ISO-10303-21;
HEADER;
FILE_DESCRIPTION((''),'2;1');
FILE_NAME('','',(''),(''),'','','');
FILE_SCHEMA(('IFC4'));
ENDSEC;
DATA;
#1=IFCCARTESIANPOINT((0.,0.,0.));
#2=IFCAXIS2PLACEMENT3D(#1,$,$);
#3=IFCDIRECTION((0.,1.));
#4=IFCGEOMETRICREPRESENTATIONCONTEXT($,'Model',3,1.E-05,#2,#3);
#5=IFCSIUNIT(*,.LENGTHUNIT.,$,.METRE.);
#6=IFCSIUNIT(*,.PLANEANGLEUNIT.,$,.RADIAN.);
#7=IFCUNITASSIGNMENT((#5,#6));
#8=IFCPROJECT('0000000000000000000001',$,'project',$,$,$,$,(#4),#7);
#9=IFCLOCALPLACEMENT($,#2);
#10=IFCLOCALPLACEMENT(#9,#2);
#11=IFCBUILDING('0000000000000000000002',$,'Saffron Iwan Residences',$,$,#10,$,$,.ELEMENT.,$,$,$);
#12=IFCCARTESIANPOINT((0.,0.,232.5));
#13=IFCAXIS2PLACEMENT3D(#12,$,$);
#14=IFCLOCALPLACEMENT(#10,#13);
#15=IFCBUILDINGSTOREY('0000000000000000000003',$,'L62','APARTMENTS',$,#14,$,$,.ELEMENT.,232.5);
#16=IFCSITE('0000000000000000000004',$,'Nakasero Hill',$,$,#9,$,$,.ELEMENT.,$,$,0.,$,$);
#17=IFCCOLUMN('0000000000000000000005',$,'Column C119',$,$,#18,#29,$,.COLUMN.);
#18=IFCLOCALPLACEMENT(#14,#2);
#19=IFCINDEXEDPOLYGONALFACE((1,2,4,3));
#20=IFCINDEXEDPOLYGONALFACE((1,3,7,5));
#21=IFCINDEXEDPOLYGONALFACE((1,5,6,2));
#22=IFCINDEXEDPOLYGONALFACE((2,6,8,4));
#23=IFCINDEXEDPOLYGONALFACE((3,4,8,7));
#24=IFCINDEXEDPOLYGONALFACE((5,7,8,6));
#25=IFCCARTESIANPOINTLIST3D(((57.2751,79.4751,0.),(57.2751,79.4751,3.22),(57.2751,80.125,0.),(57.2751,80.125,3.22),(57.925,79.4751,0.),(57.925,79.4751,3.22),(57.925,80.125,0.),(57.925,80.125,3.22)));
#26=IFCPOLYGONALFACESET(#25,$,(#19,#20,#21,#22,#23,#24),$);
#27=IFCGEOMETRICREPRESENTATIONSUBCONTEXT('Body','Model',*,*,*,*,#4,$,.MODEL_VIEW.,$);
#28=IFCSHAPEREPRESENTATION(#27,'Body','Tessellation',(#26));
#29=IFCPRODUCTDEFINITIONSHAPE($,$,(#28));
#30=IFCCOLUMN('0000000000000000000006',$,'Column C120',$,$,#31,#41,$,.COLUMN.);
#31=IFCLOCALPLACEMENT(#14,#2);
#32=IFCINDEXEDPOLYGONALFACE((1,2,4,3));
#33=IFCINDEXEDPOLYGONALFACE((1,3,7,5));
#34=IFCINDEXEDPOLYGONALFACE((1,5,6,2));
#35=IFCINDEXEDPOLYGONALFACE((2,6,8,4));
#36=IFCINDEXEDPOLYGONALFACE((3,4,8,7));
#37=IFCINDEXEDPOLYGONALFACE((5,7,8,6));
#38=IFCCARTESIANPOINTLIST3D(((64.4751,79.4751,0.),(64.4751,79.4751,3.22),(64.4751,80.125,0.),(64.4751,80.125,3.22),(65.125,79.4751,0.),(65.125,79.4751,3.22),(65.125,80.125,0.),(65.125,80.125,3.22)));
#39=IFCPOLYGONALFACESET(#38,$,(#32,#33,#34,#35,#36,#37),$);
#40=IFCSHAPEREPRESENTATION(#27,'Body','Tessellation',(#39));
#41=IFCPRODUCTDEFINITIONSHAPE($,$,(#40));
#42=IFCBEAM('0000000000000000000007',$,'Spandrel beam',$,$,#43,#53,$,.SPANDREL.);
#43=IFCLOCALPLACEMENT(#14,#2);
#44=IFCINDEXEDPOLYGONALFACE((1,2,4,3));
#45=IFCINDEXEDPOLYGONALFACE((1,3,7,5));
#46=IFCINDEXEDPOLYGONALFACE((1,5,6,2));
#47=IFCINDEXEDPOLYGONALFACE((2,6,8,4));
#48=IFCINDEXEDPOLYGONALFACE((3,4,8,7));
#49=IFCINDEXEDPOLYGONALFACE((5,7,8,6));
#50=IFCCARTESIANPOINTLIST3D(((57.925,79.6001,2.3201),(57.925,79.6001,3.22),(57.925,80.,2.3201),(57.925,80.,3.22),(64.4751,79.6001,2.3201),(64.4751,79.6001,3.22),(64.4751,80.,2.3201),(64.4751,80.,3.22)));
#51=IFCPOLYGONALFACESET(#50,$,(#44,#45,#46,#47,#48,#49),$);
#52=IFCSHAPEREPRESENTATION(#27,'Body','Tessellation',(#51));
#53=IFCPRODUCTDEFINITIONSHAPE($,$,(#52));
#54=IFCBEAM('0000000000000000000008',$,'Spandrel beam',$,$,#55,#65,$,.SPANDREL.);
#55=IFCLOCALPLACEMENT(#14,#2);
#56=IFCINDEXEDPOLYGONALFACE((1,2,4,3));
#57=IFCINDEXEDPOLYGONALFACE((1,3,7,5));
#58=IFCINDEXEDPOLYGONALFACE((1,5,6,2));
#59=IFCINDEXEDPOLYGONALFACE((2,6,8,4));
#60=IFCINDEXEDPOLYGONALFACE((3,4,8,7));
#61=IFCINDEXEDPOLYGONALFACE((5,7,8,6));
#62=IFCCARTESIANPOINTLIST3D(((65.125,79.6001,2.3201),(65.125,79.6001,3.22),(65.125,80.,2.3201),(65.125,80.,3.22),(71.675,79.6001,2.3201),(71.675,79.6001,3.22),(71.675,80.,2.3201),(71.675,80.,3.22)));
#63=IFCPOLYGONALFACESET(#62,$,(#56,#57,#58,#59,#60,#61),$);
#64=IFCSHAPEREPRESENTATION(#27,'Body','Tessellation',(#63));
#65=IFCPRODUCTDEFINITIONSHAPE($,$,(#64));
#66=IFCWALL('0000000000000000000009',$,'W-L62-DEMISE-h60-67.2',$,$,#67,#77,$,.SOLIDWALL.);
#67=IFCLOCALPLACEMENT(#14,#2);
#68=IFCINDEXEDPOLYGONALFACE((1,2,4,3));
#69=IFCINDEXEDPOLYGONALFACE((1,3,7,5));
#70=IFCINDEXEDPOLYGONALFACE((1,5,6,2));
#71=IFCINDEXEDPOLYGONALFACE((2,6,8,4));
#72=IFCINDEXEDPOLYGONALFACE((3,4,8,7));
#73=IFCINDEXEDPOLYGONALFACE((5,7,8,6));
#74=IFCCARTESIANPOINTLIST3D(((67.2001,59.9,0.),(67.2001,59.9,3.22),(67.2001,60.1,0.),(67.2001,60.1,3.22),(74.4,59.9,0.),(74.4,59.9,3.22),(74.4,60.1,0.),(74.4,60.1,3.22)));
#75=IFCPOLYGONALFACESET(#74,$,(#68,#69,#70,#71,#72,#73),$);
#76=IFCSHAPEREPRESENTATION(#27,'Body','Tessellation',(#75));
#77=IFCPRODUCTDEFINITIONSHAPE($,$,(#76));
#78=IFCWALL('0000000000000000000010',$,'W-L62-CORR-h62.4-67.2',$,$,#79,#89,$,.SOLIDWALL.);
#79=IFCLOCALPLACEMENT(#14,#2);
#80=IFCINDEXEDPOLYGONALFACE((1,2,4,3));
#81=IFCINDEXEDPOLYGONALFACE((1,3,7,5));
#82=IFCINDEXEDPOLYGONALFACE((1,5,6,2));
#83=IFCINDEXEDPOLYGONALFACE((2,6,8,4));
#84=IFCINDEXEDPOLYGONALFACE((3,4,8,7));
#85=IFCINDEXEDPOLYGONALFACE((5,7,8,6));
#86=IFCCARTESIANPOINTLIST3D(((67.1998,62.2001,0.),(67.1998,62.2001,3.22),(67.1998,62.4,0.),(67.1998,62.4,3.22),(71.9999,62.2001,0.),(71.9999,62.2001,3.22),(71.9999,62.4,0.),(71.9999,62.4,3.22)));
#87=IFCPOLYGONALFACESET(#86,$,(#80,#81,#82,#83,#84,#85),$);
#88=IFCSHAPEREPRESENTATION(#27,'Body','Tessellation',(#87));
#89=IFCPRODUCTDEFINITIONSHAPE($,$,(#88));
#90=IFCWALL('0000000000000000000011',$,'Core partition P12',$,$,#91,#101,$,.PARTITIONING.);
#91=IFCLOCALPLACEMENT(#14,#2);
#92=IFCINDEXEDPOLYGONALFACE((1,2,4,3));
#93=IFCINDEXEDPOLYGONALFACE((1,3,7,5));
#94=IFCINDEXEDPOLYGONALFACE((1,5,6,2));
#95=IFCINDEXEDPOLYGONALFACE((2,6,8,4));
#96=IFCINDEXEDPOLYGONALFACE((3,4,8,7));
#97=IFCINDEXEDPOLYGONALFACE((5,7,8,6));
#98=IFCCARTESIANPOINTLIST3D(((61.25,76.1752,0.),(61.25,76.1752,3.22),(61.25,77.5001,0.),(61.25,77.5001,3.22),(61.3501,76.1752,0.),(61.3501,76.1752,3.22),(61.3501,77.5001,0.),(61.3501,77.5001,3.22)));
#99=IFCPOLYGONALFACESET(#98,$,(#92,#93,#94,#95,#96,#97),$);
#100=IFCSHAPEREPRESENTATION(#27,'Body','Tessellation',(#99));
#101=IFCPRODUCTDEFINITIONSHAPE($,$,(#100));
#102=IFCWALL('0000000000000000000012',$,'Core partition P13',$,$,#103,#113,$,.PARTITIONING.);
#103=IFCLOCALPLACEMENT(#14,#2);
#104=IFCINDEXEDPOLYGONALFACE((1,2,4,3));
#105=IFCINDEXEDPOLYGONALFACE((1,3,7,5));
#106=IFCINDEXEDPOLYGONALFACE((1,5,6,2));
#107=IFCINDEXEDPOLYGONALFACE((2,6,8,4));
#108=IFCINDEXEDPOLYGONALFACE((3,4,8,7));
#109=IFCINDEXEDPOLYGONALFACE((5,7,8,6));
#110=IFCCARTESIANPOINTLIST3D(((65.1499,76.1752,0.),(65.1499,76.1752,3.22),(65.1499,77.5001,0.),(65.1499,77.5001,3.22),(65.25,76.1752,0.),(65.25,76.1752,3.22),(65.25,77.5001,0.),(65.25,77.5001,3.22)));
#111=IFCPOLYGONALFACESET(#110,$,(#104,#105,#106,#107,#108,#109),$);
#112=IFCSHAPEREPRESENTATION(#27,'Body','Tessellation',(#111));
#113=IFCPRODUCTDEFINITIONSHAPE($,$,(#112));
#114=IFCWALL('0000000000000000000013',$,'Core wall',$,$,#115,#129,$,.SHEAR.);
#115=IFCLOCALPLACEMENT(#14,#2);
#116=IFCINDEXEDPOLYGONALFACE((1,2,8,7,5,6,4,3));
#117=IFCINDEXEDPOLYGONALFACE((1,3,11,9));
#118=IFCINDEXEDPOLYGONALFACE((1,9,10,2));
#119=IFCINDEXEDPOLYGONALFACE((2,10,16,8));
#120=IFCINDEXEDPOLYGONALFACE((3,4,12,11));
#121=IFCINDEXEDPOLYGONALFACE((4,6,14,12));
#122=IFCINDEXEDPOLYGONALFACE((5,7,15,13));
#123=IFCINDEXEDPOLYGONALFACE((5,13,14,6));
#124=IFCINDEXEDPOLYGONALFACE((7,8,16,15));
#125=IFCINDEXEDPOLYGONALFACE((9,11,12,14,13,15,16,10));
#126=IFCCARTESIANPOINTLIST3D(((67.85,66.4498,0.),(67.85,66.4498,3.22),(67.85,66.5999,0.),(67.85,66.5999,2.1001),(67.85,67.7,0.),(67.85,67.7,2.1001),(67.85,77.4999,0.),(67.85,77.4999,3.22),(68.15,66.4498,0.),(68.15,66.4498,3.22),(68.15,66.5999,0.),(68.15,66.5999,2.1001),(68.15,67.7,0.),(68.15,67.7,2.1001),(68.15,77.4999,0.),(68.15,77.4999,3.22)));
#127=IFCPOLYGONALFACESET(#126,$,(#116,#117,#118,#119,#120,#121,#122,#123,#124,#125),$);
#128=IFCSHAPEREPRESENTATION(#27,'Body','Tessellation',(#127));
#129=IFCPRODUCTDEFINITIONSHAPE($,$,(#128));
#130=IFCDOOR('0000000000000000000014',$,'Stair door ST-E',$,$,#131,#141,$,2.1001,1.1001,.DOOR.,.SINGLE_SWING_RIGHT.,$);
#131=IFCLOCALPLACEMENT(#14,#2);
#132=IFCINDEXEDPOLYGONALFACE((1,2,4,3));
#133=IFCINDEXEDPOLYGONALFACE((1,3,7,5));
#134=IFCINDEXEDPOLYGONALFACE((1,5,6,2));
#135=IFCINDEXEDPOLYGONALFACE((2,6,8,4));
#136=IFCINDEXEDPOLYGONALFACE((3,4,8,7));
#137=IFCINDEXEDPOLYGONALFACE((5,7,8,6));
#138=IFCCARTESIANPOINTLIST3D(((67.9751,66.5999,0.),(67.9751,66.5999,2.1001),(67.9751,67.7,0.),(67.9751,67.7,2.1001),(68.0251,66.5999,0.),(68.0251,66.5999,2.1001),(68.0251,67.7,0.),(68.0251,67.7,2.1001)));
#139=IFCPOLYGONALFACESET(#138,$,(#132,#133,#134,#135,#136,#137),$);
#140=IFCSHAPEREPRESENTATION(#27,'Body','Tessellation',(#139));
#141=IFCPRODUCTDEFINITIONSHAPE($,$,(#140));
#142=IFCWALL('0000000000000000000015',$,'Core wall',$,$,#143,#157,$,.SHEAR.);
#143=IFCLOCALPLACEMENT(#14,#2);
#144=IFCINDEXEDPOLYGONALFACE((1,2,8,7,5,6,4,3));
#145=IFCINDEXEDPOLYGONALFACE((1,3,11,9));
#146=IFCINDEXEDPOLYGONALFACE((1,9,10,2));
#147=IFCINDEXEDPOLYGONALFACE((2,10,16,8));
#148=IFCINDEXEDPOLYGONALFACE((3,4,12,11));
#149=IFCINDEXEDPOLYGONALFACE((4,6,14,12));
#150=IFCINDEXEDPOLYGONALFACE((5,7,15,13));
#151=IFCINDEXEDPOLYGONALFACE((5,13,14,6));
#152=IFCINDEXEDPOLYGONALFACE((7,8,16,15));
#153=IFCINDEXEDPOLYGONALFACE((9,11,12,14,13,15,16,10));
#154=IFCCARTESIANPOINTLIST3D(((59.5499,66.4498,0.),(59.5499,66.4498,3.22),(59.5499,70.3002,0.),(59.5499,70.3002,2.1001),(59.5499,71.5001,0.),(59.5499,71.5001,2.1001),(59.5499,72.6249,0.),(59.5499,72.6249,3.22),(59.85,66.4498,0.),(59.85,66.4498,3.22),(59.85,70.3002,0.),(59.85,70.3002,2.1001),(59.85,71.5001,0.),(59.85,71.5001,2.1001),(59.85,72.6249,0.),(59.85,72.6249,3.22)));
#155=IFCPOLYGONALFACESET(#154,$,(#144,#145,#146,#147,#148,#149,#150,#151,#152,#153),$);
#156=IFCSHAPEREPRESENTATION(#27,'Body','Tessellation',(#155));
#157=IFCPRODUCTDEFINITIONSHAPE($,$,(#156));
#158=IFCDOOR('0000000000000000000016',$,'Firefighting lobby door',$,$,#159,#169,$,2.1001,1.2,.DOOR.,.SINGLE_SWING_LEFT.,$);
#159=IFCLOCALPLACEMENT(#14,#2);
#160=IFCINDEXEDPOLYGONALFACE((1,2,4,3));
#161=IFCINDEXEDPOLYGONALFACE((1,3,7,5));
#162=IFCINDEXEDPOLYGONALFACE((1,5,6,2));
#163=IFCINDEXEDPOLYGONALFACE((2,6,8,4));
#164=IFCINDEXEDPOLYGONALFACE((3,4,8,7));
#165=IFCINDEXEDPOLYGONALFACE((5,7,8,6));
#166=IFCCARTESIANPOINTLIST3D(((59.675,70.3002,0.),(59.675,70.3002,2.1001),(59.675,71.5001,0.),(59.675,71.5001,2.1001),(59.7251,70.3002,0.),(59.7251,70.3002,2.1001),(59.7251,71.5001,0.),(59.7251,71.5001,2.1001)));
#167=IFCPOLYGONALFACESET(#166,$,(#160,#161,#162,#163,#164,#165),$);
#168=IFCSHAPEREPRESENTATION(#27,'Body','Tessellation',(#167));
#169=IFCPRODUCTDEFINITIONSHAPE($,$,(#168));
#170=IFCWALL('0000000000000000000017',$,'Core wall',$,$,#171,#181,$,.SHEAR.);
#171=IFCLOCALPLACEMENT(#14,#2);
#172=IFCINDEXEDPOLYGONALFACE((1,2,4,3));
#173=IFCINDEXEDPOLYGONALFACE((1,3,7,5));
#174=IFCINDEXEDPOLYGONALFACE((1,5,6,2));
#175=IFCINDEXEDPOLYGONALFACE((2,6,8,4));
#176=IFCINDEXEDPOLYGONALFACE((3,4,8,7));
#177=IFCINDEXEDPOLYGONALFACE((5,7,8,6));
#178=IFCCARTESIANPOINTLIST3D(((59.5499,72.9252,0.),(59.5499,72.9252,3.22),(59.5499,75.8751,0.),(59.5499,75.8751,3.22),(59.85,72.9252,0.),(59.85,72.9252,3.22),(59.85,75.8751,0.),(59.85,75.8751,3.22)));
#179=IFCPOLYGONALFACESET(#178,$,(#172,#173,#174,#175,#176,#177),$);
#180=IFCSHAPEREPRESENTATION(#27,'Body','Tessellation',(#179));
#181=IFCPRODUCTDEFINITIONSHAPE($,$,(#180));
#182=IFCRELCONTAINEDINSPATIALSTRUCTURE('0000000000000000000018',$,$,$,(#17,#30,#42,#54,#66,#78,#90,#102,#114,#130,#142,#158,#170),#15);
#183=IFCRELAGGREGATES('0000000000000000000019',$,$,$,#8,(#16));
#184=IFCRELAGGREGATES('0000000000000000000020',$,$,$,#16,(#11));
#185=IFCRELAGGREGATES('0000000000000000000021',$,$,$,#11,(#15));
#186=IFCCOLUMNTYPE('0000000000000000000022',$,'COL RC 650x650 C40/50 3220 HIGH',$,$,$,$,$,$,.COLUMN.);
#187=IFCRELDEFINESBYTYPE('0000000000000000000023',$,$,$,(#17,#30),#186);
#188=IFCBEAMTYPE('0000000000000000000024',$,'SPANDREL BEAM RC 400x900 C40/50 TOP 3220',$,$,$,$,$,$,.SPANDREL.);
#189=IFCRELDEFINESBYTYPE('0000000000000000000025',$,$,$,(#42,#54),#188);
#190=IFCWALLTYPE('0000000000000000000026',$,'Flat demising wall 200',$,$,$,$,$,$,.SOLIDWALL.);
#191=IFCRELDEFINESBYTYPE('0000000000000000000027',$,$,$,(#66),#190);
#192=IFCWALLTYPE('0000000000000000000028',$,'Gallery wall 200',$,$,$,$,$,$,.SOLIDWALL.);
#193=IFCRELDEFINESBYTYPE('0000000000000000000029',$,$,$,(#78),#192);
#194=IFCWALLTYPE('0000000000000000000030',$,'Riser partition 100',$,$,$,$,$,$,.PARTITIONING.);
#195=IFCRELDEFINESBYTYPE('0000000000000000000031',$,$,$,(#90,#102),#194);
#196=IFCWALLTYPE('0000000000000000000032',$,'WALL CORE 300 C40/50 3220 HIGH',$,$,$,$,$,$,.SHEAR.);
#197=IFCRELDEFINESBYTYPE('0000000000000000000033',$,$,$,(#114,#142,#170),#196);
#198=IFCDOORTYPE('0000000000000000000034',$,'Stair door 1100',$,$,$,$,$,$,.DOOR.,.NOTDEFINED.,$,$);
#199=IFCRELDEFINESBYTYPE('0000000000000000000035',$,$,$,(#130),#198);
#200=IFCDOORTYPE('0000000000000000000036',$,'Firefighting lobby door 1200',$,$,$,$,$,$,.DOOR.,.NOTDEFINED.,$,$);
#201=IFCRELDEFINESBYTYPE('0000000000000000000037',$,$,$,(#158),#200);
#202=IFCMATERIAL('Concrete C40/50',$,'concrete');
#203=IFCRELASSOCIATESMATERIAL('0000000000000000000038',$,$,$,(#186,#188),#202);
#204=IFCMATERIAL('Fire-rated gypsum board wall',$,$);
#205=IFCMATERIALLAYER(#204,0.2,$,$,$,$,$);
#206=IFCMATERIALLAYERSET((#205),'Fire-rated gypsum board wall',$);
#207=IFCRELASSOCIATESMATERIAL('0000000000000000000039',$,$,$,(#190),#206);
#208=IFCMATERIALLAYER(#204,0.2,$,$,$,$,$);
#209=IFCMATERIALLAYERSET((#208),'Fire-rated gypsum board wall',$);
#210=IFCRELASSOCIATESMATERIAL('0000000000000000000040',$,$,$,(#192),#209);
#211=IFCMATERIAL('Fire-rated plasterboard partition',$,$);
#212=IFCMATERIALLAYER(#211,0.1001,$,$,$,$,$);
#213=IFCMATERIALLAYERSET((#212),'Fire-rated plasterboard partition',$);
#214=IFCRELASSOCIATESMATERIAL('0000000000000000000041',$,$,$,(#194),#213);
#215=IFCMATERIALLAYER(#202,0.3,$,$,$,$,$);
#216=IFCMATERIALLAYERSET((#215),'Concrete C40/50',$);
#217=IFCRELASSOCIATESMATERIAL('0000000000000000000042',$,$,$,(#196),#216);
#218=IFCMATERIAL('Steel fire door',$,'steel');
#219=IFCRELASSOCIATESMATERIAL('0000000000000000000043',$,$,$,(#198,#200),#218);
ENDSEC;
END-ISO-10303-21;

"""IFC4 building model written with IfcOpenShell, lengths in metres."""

from ifc_helpers import new_model, si_unit, direction, frame, frame_2d, origin, origin_2d, place, context, subcontext, project, spatial, rectangle, extrude, source, transform, mapped, material, layer, layer_set, material_profile, profile_set, type_object, element, fill, save


model = new_model("IFC4")

# Units and contexts
model_context = context("Model", 3, precision=1e-05, world=origin(), true_north=direction((0.0, 1.0)))
body_context = subcontext(model_context, "Body", "Model", "MODEL_VIEW")
ifc_project = project(units=[si_unit("LENGTHUNIT", "METRE"), si_unit("PLANEANGLEUNIT", "RADIAN")], contexts=[model_context])

# Site, building, storey
site_placement = place(None, origin())
site = spatial("IfcSite", under=ifc_project, at=site_placement, Name="Nakasero Hill", CompositionType="ELEMENT", RefElevation=0.0)
building_placement = place(site_placement, origin())
building = spatial("IfcBuilding", under=site, at=building_placement, Name="Saffron Iwan Residences", CompositionType="ELEMENT")
storey_placement = place(building_placement, frame((0.0, 0.0, 232.5)))
storey = spatial("IfcBuildingStorey", under=building, at=storey_placement, Name="L62", Description="APARTMENTS", CompositionType="ELEMENT", Elevation=232.5)

# Columns
ifc_material_1 = material(Name="Concrete C40/50", Category="concrete")
ifc_material_profile_1 = material_profile(ifc_material_1, rectangle(XDim=0.6499, YDim=0.6499, at=origin_2d()), Name="RC 650x650")
ifc_profile_set_1 = profile_set([ifc_material_profile_1], Name="Concrete C40/50")
column_type = type_object("IfcColumnType", Name="COL RC 650x650 C40/50 3220 HIGH", PredefinedType="COLUMN", material=ifc_profile_set_1)
shared_shape_1 = source(origin(), body_context, "Body", "SweptSolid", [
    extrude(rectangle(XDim=0.6499, YDim=0.6499, at=origin_2d()), origin(), (0.0, 0.0, 1.0), 3.22),
])
for number, where, z_axis, x_axis, name in (
    (1, (57.6001, 79.8, 0.0), (0.0, 0.0, 1.0), (1.0, 0.0, 0.0), "Column C119"),
    (2, (64.8, 79.8, 0.0), (0.0, 0.0, 1.0), (1.0, 0.0, 0.0), "Column C120"),
):
    element("IfcColumn", number, at=place(storey_placement, frame(where, z_axis=z_axis, x_axis=x_axis)), inside=storey, type_object=column_type, Name=name, PredefinedType="COLUMN", context=body_context, shape_type="MappedRepresentation", body=[
        mapped(shared_shape_1, transform((0.0, 0.0, 0.0))),
    ])

# Beams
ifc_material_profile_2 = material_profile(ifc_material_1, rectangle(XDim=0.3999, YDim=0.8999, at=origin_2d()), Name="RC 400x900")
ifc_profile_set_2 = profile_set([ifc_material_profile_2], Name="Concrete C40/50")
beam_type = type_object("IfcBeamType", Name="SPANDREL BEAM RC 400x900 C40/50 TOP 3220", PredefinedType="SPANDREL", material=ifc_profile_set_2)
shared_shape_2 = source(origin(), body_context, "Body", "SweptSolid", [
    extrude(rectangle(XDim=0.3999, YDim=0.8999, at=origin_2d()), origin(), (0.0, 0.0, 1.0), 6.55),
])
for number, where, z_axis, x_axis, name in (
    (3, (57.925, 79.8, 2.77), (1.0, 0.0, 0.0), (0.0, 1.0, 0.0), "Spandrel beam"),
    (4, (65.125, 79.8, 2.77), (1.0, 0.0, 0.0), (0.0, 1.0, 0.0), "Spandrel beam"),
):
    element("IfcBeam", number, at=place(storey_placement, frame(where, z_axis=z_axis, x_axis=x_axis)), inside=storey, type_object=beam_type, Name=name, PredefinedType="SPANDREL", context=body_context, shape_type="MappedRepresentation", body=[
        mapped(shared_shape_2, transform((0.0, 0.0, 0.0))),
    ])

# Walls
ifc_material_2 = material(Name="Fire-rated gypsum board wall")
ifc_layer_1 = layer(ifc_material_2, 0.2)
ifc_layer_set_1 = layer_set([ifc_layer_1], Name="Fire-rated gypsum board wall")
wall_type_1 = type_object("IfcWallType", Name="Flat demising wall 200", PredefinedType="SOLIDWALL", material=ifc_layer_set_1)
wall_1_placement = place(storey_placement, frame((67.2, 60.0, 0.0), z_axis=(0.0, 0.0, 1.0), x_axis=(1.0, 0.0, 0.0)))
element("IfcWall", 5, at=wall_1_placement, inside=storey, type_object=wall_type_1, Name="W-L62-DEMISE-h60-67.2", PredefinedType="SOLIDWALL", context=body_context, shape_type="SweptSolid", body=[
    extrude(rectangle(XDim=7.2, YDim=0.2, at=frame_2d((3.6001, 0.0))), origin(), (0.0, 0.0, 1.0), 3.22),
])
ifc_layer_2 = layer(ifc_material_2, 0.2)
ifc_layer_set_2 = layer_set([ifc_layer_2], Name="Fire-rated gypsum board wall")
wall_type_2 = type_object("IfcWallType", Name="Gallery wall 200", PredefinedType="SOLIDWALL", material=ifc_layer_set_2)
wall_2_placement = place(storey_placement, frame((67.2, 62.3, 0.0), z_axis=(0.0, 0.0, 1.0), x_axis=(1.0, 0.0, 0.0)))
element("IfcWall", 6, at=wall_2_placement, inside=storey, type_object=wall_type_2, Name="W-L62-CORR-h62.4-67.2", PredefinedType="SOLIDWALL", context=body_context, shape_type="SweptSolid", body=[
    extrude(rectangle(XDim=4.8, YDim=0.2, at=frame_2d((2.3999, 0.0))), origin(), (0.0, 0.0, 1.0), 3.22),
])
ifc_material_3 = material(Name="Fire-rated plasterboard partition")
ifc_layer_3 = layer(ifc_material_3, 0.1001)
ifc_layer_set_3 = layer_set([ifc_layer_3], Name="Fire-rated plasterboard partition")
wall_type_3 = type_object("IfcWallType", Name="Riser partition 100", PredefinedType="PARTITIONING", material=ifc_layer_set_3)
for number, where, z_axis, x_axis, name in (
    (7, (61.3, 76.175, 0.0), (0.0, 0.0, 1.0), (0.0, 1.0, 0.0), "Core partition P12"),
    (8, (65.2, 76.175, 0.0), (0.0, 0.0, 1.0), (0.0, 1.0, 0.0), "Core partition P13"),
):
    element("IfcWall", number, at=place(storey_placement, frame(where, z_axis=z_axis, x_axis=x_axis)), inside=storey, type_object=wall_type_3, Name=name, PredefinedType="PARTITIONING", context=body_context, shape_type="SweptSolid", body=[
        extrude(rectangle(XDim=1.325, YDim=0.1001, at=frame_2d((0.6626, 0.0))), origin(), (0.0, 0.0, 1.0), 3.22),
    ])

# Walls, openings, doors
ifc_layer_4 = layer(ifc_material_1, 0.3)
ifc_layer_set_4 = layer_set([ifc_layer_4], Name="Concrete C40/50")
wall_type_4 = type_object("IfcWallType", Name="WALL CORE 300 C40/50 3220 HIGH", PredefinedType="SHEAR", material=ifc_layer_set_4)
wall_3_placement = place(storey_placement, frame((68.0, 66.45, 0.0), z_axis=(0.0, 0.0, 1.0), x_axis=(0.0, 1.0, 0.0)))
wall_3 = element("IfcWall", 9, at=wall_3_placement, inside=storey, type_object=wall_type_4, Name="Core wall", PredefinedType="SHEAR", context=body_context, shape_type="SweptSolid", body=[
    extrude(rectangle(XDim=11.05, YDim=0.3, at=frame_2d((5.5249, 0.0))), origin(), (0.0, 0.0, 1.0), 3.22),
])
opening_1_placement = place(wall_3_placement, frame((0.1499, 0.0, 0.0)))
opening_1 = element("IfcOpeningElement", 10, at=opening_1_placement, cuts=wall_3, PredefinedType="OPENING", context=body_context, shape_type="SweptSolid", body=[
    extrude(rectangle(XDim=1.1001, YDim=2.1001, at=frame_2d((0.55, 1.05))), frame((0.0, 0.1602, 0.0), z_axis=(0.0, -1.0, 0.0), x_axis=(1.0, 0.0, 0.0)), (0.0, 0.0, 1.0), 0.3201),
])
ifc_material_4 = material(Name="Steel fire door", Category="steel")
door_type_1 = type_object("IfcDoorType", Name="Stair door 1100", OperationType="NOTDEFINED", PredefinedType="DOOR", material=ifc_material_4)
door_1_placement = place(opening_1_placement, origin())
door_1 = element("IfcDoor", 11, at=door_1_placement, inside=storey, type_object=door_type_1, Name="Stair door ST-E", OperationType="SINGLE_SWING_RIGHT", OverallHeight=2.1001, OverallWidth=1.1001, PredefinedType="DOOR", context=body_context, shape_type="SweptSolid", body=[
    extrude(rectangle(XDim=1.1001, YDim=2.1001, at=frame_2d((0.55, 1.05))), frame((0.0, 0.0249, 0.0), z_axis=(0.0, -1.0, 0.0), x_axis=(1.0, 0.0, 0.0)), (0.0, 0.0, 1.0), 0.05),
])
fill(opening_1, door_1)
wall_4_placement = place(storey_placement, frame((59.7, 66.45, 0.0), z_axis=(0.0, 0.0, 1.0), x_axis=(0.0, 1.0, 0.0)))
wall_4 = element("IfcWall", 12, at=wall_4_placement, inside=storey, type_object=wall_type_4, Name="Core wall", PredefinedType="SHEAR", context=body_context, shape_type="SweptSolid", body=[
    extrude(rectangle(XDim=6.175, YDim=0.3, at=frame_2d((3.0874, 0.0))), origin(), (0.0, 0.0, 1.0), 3.22),
])
opening_2_placement = place(wall_4_placement, frame((3.8501, 0.0, 0.0)))
opening_2 = element("IfcOpeningElement", 13, at=opening_2_placement, cuts=wall_4, PredefinedType="OPENING", context=body_context, shape_type="SweptSolid", body=[
    extrude(rectangle(XDim=1.2, YDim=2.1001, at=frame_2d((0.6001, 1.05))), frame((0.0, 0.1602, 0.0), z_axis=(0.0, -1.0, 0.0), x_axis=(1.0, 0.0, 0.0)), (0.0, 0.0, 1.0), 0.3201),
])
door_type_2 = type_object("IfcDoorType", Name="Firefighting lobby door 1200", OperationType="NOTDEFINED", PredefinedType="DOOR", material=ifc_material_4)
door_2_placement = place(opening_2_placement, origin())
door_2 = element("IfcDoor", 14, at=door_2_placement, inside=storey, type_object=door_type_2, Name="Firefighting lobby door", OperationType="SINGLE_SWING_LEFT", OverallHeight=2.1001, OverallWidth=1.2, PredefinedType="DOOR", context=body_context, shape_type="SweptSolid", body=[
    extrude(rectangle(XDim=1.2, YDim=2.1001, at=frame_2d((0.6001, 1.05))), frame((0.0, 0.0249, 0.0), z_axis=(0.0, -1.0, 0.0), x_axis=(1.0, 0.0, 0.0)), (0.0, 0.0, 1.0), 0.05),
])
fill(opening_2, door_2)

# Wall
wall_5_placement = place(storey_placement, frame((59.7, 72.925, 0.0), z_axis=(0.0, 0.0, 1.0), x_axis=(0.0, 1.0, 0.0)))
element("IfcWall", 15, at=wall_5_placement, inside=storey, type_object=wall_type_4, Name="Core wall", PredefinedType="SHEAR", context=body_context, shape_type="SweptSolid", body=[
    extrude(rectangle(XDim=2.95, YDim=0.3, at=frame_2d((1.4751, 0.0))), origin(), (0.0, 0.0, 1.0), 3.22),
])

save(model, "model.ifc")
